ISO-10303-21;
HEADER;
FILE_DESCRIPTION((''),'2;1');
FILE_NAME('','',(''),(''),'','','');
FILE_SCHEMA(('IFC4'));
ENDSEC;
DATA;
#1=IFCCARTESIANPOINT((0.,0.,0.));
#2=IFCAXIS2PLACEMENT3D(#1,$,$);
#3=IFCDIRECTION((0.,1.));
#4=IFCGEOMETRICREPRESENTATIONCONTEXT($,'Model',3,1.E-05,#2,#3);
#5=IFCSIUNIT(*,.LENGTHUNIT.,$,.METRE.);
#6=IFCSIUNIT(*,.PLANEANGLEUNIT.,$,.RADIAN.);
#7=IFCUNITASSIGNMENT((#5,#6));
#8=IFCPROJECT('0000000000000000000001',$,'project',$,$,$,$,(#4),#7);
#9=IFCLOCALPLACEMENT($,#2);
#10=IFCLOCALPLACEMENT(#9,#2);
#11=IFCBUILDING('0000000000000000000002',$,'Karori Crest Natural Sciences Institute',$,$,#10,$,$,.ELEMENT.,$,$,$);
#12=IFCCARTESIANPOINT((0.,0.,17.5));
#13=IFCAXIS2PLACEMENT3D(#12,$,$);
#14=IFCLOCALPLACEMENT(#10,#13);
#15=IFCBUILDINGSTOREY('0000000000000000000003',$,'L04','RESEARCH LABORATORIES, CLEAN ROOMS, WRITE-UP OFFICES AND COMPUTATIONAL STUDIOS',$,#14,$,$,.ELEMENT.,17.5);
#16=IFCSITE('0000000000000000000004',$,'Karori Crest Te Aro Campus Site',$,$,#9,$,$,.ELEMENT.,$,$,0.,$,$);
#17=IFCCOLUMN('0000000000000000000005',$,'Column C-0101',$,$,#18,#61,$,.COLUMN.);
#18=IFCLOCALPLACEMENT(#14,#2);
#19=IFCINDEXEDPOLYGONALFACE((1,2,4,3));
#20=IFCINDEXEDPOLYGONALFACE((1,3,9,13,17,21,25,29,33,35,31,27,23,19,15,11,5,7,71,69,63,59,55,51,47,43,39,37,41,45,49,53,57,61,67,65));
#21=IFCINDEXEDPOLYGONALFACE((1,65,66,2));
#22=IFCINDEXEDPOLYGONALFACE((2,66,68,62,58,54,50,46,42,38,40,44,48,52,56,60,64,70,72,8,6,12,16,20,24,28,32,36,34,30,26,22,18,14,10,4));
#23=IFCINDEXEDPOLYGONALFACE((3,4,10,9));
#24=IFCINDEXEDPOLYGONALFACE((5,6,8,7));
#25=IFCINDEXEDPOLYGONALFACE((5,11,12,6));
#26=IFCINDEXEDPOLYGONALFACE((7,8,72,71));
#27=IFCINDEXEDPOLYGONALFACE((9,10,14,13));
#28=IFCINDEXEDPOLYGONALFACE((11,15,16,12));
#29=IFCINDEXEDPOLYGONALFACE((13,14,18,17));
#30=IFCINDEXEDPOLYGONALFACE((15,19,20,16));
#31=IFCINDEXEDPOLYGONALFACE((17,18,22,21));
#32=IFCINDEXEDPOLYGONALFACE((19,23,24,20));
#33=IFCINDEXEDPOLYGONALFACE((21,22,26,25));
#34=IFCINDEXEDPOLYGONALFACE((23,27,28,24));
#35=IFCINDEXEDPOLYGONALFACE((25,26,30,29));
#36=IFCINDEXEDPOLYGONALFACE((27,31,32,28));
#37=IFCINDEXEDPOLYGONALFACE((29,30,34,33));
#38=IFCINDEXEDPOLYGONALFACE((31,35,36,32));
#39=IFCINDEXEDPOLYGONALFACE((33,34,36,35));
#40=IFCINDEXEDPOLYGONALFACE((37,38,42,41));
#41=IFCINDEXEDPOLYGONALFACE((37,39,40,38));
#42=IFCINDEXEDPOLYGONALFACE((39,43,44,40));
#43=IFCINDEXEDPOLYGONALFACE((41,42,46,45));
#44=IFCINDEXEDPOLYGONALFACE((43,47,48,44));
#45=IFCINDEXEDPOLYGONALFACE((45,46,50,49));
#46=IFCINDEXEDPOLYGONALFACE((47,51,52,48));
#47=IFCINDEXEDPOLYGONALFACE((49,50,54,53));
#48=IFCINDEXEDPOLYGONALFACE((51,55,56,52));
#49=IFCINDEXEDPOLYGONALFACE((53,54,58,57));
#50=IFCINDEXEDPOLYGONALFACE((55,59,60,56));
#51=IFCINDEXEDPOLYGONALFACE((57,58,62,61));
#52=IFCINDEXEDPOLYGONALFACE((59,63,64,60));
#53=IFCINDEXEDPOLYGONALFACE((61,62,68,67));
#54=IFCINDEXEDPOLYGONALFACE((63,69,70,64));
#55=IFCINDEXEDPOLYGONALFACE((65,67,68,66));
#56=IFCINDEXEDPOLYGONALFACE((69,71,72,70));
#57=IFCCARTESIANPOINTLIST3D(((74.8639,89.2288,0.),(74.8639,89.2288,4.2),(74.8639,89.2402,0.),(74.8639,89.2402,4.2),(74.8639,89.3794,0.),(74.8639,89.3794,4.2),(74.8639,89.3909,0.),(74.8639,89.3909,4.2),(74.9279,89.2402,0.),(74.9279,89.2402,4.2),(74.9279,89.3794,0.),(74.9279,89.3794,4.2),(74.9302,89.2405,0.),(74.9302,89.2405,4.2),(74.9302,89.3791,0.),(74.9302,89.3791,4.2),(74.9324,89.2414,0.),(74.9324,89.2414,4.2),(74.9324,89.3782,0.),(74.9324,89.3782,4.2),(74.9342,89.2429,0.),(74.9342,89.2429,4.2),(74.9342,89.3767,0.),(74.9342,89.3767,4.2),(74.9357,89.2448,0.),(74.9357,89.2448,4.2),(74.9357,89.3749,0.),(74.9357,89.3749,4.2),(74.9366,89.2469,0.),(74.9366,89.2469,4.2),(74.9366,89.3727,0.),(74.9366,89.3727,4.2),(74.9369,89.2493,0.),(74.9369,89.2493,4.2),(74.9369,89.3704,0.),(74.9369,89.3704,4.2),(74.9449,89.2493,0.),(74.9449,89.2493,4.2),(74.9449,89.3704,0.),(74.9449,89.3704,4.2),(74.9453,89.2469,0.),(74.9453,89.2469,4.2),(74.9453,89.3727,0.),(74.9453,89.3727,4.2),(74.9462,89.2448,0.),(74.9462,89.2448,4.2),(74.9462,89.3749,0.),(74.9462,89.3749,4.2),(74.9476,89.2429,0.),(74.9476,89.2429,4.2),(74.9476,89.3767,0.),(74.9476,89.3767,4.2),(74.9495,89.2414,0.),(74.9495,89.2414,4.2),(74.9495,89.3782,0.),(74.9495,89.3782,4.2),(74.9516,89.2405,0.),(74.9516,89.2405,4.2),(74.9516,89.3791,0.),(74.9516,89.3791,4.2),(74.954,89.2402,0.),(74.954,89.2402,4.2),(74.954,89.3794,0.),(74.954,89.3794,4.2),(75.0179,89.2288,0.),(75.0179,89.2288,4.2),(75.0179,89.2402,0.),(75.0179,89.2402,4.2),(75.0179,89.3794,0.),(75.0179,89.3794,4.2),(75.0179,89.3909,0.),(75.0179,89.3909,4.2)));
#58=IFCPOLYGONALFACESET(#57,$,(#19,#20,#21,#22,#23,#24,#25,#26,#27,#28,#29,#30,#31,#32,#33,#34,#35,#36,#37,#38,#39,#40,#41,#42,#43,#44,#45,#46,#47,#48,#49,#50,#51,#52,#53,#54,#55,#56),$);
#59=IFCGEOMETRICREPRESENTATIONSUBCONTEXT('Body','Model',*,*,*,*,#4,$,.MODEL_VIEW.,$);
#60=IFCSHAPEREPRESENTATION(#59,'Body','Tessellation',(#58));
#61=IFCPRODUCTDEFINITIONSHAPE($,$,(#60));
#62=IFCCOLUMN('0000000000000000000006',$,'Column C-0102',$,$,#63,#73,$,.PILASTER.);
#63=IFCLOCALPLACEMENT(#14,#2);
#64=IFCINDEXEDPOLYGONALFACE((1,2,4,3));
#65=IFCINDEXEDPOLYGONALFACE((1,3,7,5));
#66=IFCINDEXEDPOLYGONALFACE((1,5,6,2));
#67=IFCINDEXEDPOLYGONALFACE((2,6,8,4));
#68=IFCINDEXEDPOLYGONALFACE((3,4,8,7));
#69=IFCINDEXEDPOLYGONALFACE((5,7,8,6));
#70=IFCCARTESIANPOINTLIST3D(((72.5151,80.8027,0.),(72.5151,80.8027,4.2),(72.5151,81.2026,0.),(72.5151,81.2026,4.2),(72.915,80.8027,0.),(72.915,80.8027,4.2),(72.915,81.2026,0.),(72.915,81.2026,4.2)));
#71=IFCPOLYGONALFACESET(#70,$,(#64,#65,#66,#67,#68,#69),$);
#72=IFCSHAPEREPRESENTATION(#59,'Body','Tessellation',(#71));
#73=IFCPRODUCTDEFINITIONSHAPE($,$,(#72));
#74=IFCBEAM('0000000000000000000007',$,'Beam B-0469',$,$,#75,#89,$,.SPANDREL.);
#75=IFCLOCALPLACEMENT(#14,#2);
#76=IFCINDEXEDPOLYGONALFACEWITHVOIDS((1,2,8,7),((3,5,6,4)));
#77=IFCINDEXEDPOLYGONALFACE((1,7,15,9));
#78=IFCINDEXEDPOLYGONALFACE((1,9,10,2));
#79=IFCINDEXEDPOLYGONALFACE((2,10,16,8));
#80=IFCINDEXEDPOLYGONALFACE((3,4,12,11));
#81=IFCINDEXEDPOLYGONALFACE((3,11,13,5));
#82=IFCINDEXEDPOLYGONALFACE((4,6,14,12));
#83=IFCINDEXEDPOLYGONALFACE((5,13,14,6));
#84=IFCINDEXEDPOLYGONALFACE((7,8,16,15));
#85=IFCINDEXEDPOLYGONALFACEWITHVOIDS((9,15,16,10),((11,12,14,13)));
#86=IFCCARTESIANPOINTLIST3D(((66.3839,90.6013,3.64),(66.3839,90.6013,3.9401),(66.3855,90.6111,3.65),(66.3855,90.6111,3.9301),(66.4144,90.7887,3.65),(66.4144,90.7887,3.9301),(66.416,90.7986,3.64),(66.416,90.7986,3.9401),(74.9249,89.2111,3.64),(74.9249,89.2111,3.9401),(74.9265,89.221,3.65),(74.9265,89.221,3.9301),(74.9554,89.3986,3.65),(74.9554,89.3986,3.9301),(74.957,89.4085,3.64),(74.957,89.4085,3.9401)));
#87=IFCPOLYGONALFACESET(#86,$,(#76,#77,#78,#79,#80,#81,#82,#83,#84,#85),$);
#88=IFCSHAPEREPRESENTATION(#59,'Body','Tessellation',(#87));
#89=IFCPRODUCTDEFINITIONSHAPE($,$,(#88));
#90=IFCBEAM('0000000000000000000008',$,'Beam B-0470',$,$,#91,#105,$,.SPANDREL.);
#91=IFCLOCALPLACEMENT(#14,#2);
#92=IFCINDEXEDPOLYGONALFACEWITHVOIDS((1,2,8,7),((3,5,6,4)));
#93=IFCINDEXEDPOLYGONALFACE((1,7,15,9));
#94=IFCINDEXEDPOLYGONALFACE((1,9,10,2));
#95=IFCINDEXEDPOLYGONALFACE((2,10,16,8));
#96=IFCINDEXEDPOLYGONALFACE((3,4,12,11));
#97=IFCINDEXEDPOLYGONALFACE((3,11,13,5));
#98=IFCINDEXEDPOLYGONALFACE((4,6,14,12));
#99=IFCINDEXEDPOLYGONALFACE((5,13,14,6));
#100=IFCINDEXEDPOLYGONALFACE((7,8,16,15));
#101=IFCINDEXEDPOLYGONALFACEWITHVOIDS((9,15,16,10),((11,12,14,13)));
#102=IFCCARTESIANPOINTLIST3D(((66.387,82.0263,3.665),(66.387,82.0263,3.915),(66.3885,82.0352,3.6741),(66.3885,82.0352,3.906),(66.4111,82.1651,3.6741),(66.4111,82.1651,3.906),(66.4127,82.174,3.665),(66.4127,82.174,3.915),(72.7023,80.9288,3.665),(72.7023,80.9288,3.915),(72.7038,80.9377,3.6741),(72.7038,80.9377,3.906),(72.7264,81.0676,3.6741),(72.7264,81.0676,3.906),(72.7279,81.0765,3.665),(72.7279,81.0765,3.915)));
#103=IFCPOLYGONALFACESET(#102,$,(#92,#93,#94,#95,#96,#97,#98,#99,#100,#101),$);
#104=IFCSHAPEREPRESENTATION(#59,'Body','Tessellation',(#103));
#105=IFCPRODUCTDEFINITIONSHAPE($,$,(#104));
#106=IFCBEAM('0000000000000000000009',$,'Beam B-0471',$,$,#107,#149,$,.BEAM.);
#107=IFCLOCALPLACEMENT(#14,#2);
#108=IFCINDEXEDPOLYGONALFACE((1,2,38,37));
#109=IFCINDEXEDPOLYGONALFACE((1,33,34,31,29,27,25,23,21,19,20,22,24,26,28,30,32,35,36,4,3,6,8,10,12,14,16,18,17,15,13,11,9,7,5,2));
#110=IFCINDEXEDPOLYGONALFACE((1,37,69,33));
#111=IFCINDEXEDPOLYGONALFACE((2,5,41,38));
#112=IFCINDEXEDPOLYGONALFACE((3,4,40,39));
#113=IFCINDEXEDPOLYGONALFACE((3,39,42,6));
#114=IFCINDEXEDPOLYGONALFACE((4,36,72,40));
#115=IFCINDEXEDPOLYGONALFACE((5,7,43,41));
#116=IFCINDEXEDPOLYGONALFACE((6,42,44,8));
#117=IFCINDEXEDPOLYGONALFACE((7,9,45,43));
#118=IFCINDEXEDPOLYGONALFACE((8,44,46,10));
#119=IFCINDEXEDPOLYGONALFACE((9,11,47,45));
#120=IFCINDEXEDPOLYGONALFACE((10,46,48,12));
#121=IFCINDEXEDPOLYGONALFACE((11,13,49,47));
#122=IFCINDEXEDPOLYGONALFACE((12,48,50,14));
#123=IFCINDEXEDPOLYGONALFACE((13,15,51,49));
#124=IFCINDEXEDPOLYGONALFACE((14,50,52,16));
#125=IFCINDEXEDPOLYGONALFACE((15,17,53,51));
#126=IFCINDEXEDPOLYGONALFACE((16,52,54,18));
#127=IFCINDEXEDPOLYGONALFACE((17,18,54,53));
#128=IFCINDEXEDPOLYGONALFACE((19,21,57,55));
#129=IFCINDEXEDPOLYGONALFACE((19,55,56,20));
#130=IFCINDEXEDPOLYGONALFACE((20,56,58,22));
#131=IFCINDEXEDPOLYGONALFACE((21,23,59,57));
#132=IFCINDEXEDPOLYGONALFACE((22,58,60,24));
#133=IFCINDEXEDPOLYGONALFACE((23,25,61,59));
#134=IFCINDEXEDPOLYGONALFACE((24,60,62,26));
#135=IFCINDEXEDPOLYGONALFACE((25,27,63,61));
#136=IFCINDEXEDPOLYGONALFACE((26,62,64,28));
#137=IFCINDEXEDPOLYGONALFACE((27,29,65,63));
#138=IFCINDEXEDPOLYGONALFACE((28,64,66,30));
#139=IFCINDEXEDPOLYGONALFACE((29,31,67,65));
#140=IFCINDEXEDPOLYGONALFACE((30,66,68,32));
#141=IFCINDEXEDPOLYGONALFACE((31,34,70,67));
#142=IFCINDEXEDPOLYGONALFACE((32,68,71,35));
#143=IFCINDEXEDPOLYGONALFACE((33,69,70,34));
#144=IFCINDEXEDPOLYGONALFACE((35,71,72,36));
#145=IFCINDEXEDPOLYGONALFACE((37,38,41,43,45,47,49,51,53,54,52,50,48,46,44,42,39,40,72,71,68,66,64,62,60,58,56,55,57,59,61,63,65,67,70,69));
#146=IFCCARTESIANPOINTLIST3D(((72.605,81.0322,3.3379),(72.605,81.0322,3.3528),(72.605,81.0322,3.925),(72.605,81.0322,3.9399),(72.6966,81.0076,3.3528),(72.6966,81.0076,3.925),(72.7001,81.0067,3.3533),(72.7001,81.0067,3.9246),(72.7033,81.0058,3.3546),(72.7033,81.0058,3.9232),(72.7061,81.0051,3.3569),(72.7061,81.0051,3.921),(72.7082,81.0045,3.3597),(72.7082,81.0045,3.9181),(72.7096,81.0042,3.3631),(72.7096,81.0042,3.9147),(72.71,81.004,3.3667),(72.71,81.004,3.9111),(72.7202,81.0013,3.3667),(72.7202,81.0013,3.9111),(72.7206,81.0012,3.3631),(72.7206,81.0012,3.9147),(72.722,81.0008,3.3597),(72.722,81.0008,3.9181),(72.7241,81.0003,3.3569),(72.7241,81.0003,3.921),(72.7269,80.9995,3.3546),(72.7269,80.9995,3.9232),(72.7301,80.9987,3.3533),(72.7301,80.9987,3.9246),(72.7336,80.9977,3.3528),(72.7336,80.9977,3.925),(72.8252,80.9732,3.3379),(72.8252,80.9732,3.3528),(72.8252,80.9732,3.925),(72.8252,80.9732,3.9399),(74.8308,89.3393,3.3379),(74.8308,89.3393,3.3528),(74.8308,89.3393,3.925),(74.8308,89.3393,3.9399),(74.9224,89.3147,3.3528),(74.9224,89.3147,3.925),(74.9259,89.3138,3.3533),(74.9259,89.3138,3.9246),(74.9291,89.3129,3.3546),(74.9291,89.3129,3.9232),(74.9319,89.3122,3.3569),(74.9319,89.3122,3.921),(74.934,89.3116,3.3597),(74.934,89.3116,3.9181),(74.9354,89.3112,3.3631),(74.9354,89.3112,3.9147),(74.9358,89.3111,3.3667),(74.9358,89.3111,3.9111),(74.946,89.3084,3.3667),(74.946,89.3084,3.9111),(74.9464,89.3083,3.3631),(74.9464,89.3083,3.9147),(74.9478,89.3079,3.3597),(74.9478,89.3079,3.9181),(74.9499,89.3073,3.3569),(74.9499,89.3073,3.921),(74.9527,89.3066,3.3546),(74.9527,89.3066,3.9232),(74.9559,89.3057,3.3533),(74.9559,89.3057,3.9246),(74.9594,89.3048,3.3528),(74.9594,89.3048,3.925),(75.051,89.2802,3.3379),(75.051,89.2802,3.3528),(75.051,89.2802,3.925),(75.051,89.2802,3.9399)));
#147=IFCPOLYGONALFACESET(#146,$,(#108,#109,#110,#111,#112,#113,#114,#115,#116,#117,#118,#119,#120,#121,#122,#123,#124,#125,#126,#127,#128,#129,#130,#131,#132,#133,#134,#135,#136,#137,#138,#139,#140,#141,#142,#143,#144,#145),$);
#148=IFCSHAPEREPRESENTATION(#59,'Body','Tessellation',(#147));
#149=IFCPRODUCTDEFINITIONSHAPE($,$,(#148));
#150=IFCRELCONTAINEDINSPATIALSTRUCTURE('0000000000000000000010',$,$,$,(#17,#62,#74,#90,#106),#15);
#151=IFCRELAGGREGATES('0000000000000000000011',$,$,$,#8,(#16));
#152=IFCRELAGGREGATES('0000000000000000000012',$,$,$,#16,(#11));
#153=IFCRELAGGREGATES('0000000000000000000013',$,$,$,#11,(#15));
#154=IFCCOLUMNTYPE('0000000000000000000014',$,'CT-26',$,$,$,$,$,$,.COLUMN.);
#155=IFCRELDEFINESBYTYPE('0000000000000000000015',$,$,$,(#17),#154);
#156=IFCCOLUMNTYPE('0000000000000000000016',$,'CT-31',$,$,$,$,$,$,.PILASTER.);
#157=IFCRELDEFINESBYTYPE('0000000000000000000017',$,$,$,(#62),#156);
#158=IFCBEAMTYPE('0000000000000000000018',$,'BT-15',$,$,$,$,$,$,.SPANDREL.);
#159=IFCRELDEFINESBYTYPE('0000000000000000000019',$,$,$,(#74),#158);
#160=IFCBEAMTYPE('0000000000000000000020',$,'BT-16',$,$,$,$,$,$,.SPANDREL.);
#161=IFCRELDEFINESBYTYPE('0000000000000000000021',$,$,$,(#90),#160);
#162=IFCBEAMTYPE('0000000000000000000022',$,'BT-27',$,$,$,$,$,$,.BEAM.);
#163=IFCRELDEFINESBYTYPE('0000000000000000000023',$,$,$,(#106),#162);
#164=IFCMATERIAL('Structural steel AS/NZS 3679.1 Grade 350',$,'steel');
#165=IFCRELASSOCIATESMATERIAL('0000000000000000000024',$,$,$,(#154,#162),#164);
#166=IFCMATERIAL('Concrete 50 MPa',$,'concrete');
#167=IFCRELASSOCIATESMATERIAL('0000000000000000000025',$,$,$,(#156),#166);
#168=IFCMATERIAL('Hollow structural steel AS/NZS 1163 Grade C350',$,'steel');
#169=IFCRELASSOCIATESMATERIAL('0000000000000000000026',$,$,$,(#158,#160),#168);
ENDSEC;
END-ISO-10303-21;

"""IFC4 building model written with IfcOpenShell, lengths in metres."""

from ifc_helpers import new_model, si_unit, direction, frame, origin, origin_2d, place, context, subcontext, project, spatial, rectangle, hollow_rectangle, i_section, extrude, material, material_profile, profile_set, type_object, element, save


model = new_model("IFC4")

# Units and contexts
model_context = context("Model", 3, precision=1e-05, world=origin(), true_north=direction((0.0, 1.0)))
body_context = subcontext(model_context, "Body", "Model", "MODEL_VIEW")
ifc_project = project(units=[si_unit("LENGTHUNIT", "METRE"), si_unit("PLANEANGLEUNIT", "RADIAN")], contexts=[model_context])

# Site, building, storey
site_placement = place(None, origin())
site = spatial("IfcSite", under=ifc_project, at=site_placement, Name="Karori Crest Te Aro Campus Site", CompositionType="ELEMENT", RefElevation=0.0)
building_placement = place(site_placement, origin())
building = spatial("IfcBuilding", under=site, at=building_placement, Name="Karori Crest Natural Sciences Institute", CompositionType="ELEMENT")
storey_placement = place(building_placement, frame((0.0, 0.0, 17.5)))
storey = spatial("IfcBuildingStorey", under=building, at=storey_placement, Name="L04", Description="RESEARCH LABORATORIES, CLEAN ROOMS, WRITE-UP OFFICES AND COMPUTATIONAL STUDIOS", CompositionType="ELEMENT", Elevation=17.5)

# Columns
ifc_material_1 = material(Name="Structural steel AS/NZS 3679.1 Grade 350", Category="steel")
ifc_material_profile_1 = material_profile(ifc_material_1, i_section(OverallWidth=0.1541, OverallDepth=0.1621, WebThickness=0.0081, FlangeThickness=0.0115, FilletRadius=0.009, at=origin_2d()), Name="150UC37.2")
ifc_profile_set_1 = profile_set([ifc_material_profile_1], Name="Structural steel AS/NZS 3679.1 Grade 350")
column_type_1 = type_object("IfcColumnType", Name="CT-26", PredefinedType="COLUMN", material=ifc_profile_set_1)
column_1_placement = place(storey_placement, frame((74.9409, 89.3098, 0.0), z_axis=(0.0, 0.0, 1.0), x_axis=(1.0, 0.0, 0.0)))
element("IfcColumn", 1, at=column_1_placement, inside=storey, type_object=column_type_1, Name="Column C-0101", PredefinedType="COLUMN", context=body_context, shape_type="SweptSolid", body=[
    extrude(i_section(OverallWidth=0.1541, OverallDepth=0.1621, WebThickness=0.0081, FlangeThickness=0.0115, FilletRadius=0.009, at=origin_2d()), origin(), (0.0, 0.0, 1.0), 4.2),
])
ifc_material_2 = material(Name="Concrete 50 MPa", Category="concrete")
ifc_material_profile_2 = material_profile(ifc_material_2, rectangle(XDim=0.3999, YDim=0.3999, at=origin_2d()), Name="RC400x400")
ifc_profile_set_2 = profile_set([ifc_material_profile_2], Name="Concrete 50 MPa")
column_type_2 = type_object("IfcColumnType", Name="CT-31", PredefinedType="PILASTER", material=ifc_profile_set_2)
column_2_placement = place(storey_placement, frame((72.7151, 81.0027, 0.0), z_axis=(0.0, 0.0, 1.0), x_axis=(1.0, 0.0, 0.0)))
element("IfcColumn", 2, at=column_2_placement, inside=storey, type_object=column_type_2, Name="Column C-0102", PredefinedType="PILASTER", context=body_context, shape_type="SweptSolid", body=[
    extrude(rectangle(XDim=0.3999, YDim=0.3999, at=origin_2d()), origin(), (0.0, 0.0, 1.0), 4.2),
])

# Beams
ifc_material_3 = material(Name="Hollow structural steel AS/NZS 1163 Grade C350", Category="steel")
ifc_material_profile_3 = material_profile(ifc_material_3, hollow_rectangle(XDim=0.2, YDim=0.3, WallThickness=0.01, at=origin_2d()), Name="RHS300x200x10")
ifc_profile_set_3 = profile_set([ifc_material_profile_3], Name="Hollow structural steel AS/NZS 1163 Grade C350")
beam_type_1 = type_object("IfcBeamType", Name="BT-15", PredefinedType="SPANDREL", material=ifc_profile_set_3)
beam_1_placement = place(storey_placement, frame((74.9409, 89.3098, 3.79), z_axis=(-0.987012, 0.160646, 0.0), x_axis=(-0.160646, -0.987012, 0.0)))
element("IfcBeam", 3, at=beam_1_placement, inside=storey, type_object=beam_type_1, Name="Beam B-0469", PredefinedType="SPANDREL", context=body_context, shape_type="SweptSolid", body=[
    extrude(hollow_rectangle(XDim=0.2, YDim=0.3, WallThickness=0.01, at=origin_2d()), origin(), (0.0, 0.0, 1.0), 8.6533),
])
ifc_material_profile_4 = material_profile(ifc_material_3, hollow_rectangle(XDim=0.1499, YDim=0.25, WallThickness=0.009, at=origin_2d()), Name="RHS250x150x9")
ifc_profile_set_4 = profile_set([ifc_material_profile_4], Name="Hollow structural steel AS/NZS 1163 Grade C350")
beam_type_2 = type_object("IfcBeamType", Name="BT-16", PredefinedType="SPANDREL", material=ifc_profile_set_4)
beam_2_placement = place(storey_placement, frame((72.7151, 81.0027, 3.79), z_axis=(-0.985235, 0.171208, 0.0), x_axis=(-0.171208, -0.985235, 0.0)))
element("IfcBeam", 4, at=beam_2_placement, inside=storey, type_object=beam_type_2, Name="Beam B-0470", PredefinedType="SPANDREL", context=body_context, shape_type="SweptSolid", body=[
    extrude(hollow_rectangle(XDim=0.1499, YDim=0.25, WallThickness=0.009, at=origin_2d()), origin(), (0.0, 0.0, 1.0), 6.4099),
])
ifc_material_profile_5 = material_profile(ifc_material_1, i_section(OverallWidth=0.228, OverallDepth=0.6021, WebThickness=0.0105, FlangeThickness=0.0149, FilletRadius=0.0139, at=origin_2d()), Name="610UB101")
ifc_profile_set_5 = profile_set([ifc_material_profile_5], Name="Structural steel AS/NZS 3679.1 Grade 350")
beam_type_3 = type_object("IfcBeamType", Name="BT-27", PredefinedType="BEAM", material=ifc_profile_set_5)
beam_3_placement = place(storey_placement, frame((72.7151, 81.0027, 3.6389), z_axis=(0.258813, 0.965928, 0.0), x_axis=(-0.965928, 0.258813, 0.0)))
element("IfcBeam", 5, at=beam_3_placement, inside=storey, type_object=beam_type_3, Name="Beam B-0471", PredefinedType="BEAM", context=body_context, shape_type="SweptSolid", body=[
    extrude(i_section(OverallWidth=0.228, OverallDepth=0.6021, WebThickness=0.0105, FlangeThickness=0.0149, FilletRadius=0.0139, at=origin_2d()), origin(), (0.0, 0.0, 1.0), 8.6001),
])

save(model, "model.ifc")
